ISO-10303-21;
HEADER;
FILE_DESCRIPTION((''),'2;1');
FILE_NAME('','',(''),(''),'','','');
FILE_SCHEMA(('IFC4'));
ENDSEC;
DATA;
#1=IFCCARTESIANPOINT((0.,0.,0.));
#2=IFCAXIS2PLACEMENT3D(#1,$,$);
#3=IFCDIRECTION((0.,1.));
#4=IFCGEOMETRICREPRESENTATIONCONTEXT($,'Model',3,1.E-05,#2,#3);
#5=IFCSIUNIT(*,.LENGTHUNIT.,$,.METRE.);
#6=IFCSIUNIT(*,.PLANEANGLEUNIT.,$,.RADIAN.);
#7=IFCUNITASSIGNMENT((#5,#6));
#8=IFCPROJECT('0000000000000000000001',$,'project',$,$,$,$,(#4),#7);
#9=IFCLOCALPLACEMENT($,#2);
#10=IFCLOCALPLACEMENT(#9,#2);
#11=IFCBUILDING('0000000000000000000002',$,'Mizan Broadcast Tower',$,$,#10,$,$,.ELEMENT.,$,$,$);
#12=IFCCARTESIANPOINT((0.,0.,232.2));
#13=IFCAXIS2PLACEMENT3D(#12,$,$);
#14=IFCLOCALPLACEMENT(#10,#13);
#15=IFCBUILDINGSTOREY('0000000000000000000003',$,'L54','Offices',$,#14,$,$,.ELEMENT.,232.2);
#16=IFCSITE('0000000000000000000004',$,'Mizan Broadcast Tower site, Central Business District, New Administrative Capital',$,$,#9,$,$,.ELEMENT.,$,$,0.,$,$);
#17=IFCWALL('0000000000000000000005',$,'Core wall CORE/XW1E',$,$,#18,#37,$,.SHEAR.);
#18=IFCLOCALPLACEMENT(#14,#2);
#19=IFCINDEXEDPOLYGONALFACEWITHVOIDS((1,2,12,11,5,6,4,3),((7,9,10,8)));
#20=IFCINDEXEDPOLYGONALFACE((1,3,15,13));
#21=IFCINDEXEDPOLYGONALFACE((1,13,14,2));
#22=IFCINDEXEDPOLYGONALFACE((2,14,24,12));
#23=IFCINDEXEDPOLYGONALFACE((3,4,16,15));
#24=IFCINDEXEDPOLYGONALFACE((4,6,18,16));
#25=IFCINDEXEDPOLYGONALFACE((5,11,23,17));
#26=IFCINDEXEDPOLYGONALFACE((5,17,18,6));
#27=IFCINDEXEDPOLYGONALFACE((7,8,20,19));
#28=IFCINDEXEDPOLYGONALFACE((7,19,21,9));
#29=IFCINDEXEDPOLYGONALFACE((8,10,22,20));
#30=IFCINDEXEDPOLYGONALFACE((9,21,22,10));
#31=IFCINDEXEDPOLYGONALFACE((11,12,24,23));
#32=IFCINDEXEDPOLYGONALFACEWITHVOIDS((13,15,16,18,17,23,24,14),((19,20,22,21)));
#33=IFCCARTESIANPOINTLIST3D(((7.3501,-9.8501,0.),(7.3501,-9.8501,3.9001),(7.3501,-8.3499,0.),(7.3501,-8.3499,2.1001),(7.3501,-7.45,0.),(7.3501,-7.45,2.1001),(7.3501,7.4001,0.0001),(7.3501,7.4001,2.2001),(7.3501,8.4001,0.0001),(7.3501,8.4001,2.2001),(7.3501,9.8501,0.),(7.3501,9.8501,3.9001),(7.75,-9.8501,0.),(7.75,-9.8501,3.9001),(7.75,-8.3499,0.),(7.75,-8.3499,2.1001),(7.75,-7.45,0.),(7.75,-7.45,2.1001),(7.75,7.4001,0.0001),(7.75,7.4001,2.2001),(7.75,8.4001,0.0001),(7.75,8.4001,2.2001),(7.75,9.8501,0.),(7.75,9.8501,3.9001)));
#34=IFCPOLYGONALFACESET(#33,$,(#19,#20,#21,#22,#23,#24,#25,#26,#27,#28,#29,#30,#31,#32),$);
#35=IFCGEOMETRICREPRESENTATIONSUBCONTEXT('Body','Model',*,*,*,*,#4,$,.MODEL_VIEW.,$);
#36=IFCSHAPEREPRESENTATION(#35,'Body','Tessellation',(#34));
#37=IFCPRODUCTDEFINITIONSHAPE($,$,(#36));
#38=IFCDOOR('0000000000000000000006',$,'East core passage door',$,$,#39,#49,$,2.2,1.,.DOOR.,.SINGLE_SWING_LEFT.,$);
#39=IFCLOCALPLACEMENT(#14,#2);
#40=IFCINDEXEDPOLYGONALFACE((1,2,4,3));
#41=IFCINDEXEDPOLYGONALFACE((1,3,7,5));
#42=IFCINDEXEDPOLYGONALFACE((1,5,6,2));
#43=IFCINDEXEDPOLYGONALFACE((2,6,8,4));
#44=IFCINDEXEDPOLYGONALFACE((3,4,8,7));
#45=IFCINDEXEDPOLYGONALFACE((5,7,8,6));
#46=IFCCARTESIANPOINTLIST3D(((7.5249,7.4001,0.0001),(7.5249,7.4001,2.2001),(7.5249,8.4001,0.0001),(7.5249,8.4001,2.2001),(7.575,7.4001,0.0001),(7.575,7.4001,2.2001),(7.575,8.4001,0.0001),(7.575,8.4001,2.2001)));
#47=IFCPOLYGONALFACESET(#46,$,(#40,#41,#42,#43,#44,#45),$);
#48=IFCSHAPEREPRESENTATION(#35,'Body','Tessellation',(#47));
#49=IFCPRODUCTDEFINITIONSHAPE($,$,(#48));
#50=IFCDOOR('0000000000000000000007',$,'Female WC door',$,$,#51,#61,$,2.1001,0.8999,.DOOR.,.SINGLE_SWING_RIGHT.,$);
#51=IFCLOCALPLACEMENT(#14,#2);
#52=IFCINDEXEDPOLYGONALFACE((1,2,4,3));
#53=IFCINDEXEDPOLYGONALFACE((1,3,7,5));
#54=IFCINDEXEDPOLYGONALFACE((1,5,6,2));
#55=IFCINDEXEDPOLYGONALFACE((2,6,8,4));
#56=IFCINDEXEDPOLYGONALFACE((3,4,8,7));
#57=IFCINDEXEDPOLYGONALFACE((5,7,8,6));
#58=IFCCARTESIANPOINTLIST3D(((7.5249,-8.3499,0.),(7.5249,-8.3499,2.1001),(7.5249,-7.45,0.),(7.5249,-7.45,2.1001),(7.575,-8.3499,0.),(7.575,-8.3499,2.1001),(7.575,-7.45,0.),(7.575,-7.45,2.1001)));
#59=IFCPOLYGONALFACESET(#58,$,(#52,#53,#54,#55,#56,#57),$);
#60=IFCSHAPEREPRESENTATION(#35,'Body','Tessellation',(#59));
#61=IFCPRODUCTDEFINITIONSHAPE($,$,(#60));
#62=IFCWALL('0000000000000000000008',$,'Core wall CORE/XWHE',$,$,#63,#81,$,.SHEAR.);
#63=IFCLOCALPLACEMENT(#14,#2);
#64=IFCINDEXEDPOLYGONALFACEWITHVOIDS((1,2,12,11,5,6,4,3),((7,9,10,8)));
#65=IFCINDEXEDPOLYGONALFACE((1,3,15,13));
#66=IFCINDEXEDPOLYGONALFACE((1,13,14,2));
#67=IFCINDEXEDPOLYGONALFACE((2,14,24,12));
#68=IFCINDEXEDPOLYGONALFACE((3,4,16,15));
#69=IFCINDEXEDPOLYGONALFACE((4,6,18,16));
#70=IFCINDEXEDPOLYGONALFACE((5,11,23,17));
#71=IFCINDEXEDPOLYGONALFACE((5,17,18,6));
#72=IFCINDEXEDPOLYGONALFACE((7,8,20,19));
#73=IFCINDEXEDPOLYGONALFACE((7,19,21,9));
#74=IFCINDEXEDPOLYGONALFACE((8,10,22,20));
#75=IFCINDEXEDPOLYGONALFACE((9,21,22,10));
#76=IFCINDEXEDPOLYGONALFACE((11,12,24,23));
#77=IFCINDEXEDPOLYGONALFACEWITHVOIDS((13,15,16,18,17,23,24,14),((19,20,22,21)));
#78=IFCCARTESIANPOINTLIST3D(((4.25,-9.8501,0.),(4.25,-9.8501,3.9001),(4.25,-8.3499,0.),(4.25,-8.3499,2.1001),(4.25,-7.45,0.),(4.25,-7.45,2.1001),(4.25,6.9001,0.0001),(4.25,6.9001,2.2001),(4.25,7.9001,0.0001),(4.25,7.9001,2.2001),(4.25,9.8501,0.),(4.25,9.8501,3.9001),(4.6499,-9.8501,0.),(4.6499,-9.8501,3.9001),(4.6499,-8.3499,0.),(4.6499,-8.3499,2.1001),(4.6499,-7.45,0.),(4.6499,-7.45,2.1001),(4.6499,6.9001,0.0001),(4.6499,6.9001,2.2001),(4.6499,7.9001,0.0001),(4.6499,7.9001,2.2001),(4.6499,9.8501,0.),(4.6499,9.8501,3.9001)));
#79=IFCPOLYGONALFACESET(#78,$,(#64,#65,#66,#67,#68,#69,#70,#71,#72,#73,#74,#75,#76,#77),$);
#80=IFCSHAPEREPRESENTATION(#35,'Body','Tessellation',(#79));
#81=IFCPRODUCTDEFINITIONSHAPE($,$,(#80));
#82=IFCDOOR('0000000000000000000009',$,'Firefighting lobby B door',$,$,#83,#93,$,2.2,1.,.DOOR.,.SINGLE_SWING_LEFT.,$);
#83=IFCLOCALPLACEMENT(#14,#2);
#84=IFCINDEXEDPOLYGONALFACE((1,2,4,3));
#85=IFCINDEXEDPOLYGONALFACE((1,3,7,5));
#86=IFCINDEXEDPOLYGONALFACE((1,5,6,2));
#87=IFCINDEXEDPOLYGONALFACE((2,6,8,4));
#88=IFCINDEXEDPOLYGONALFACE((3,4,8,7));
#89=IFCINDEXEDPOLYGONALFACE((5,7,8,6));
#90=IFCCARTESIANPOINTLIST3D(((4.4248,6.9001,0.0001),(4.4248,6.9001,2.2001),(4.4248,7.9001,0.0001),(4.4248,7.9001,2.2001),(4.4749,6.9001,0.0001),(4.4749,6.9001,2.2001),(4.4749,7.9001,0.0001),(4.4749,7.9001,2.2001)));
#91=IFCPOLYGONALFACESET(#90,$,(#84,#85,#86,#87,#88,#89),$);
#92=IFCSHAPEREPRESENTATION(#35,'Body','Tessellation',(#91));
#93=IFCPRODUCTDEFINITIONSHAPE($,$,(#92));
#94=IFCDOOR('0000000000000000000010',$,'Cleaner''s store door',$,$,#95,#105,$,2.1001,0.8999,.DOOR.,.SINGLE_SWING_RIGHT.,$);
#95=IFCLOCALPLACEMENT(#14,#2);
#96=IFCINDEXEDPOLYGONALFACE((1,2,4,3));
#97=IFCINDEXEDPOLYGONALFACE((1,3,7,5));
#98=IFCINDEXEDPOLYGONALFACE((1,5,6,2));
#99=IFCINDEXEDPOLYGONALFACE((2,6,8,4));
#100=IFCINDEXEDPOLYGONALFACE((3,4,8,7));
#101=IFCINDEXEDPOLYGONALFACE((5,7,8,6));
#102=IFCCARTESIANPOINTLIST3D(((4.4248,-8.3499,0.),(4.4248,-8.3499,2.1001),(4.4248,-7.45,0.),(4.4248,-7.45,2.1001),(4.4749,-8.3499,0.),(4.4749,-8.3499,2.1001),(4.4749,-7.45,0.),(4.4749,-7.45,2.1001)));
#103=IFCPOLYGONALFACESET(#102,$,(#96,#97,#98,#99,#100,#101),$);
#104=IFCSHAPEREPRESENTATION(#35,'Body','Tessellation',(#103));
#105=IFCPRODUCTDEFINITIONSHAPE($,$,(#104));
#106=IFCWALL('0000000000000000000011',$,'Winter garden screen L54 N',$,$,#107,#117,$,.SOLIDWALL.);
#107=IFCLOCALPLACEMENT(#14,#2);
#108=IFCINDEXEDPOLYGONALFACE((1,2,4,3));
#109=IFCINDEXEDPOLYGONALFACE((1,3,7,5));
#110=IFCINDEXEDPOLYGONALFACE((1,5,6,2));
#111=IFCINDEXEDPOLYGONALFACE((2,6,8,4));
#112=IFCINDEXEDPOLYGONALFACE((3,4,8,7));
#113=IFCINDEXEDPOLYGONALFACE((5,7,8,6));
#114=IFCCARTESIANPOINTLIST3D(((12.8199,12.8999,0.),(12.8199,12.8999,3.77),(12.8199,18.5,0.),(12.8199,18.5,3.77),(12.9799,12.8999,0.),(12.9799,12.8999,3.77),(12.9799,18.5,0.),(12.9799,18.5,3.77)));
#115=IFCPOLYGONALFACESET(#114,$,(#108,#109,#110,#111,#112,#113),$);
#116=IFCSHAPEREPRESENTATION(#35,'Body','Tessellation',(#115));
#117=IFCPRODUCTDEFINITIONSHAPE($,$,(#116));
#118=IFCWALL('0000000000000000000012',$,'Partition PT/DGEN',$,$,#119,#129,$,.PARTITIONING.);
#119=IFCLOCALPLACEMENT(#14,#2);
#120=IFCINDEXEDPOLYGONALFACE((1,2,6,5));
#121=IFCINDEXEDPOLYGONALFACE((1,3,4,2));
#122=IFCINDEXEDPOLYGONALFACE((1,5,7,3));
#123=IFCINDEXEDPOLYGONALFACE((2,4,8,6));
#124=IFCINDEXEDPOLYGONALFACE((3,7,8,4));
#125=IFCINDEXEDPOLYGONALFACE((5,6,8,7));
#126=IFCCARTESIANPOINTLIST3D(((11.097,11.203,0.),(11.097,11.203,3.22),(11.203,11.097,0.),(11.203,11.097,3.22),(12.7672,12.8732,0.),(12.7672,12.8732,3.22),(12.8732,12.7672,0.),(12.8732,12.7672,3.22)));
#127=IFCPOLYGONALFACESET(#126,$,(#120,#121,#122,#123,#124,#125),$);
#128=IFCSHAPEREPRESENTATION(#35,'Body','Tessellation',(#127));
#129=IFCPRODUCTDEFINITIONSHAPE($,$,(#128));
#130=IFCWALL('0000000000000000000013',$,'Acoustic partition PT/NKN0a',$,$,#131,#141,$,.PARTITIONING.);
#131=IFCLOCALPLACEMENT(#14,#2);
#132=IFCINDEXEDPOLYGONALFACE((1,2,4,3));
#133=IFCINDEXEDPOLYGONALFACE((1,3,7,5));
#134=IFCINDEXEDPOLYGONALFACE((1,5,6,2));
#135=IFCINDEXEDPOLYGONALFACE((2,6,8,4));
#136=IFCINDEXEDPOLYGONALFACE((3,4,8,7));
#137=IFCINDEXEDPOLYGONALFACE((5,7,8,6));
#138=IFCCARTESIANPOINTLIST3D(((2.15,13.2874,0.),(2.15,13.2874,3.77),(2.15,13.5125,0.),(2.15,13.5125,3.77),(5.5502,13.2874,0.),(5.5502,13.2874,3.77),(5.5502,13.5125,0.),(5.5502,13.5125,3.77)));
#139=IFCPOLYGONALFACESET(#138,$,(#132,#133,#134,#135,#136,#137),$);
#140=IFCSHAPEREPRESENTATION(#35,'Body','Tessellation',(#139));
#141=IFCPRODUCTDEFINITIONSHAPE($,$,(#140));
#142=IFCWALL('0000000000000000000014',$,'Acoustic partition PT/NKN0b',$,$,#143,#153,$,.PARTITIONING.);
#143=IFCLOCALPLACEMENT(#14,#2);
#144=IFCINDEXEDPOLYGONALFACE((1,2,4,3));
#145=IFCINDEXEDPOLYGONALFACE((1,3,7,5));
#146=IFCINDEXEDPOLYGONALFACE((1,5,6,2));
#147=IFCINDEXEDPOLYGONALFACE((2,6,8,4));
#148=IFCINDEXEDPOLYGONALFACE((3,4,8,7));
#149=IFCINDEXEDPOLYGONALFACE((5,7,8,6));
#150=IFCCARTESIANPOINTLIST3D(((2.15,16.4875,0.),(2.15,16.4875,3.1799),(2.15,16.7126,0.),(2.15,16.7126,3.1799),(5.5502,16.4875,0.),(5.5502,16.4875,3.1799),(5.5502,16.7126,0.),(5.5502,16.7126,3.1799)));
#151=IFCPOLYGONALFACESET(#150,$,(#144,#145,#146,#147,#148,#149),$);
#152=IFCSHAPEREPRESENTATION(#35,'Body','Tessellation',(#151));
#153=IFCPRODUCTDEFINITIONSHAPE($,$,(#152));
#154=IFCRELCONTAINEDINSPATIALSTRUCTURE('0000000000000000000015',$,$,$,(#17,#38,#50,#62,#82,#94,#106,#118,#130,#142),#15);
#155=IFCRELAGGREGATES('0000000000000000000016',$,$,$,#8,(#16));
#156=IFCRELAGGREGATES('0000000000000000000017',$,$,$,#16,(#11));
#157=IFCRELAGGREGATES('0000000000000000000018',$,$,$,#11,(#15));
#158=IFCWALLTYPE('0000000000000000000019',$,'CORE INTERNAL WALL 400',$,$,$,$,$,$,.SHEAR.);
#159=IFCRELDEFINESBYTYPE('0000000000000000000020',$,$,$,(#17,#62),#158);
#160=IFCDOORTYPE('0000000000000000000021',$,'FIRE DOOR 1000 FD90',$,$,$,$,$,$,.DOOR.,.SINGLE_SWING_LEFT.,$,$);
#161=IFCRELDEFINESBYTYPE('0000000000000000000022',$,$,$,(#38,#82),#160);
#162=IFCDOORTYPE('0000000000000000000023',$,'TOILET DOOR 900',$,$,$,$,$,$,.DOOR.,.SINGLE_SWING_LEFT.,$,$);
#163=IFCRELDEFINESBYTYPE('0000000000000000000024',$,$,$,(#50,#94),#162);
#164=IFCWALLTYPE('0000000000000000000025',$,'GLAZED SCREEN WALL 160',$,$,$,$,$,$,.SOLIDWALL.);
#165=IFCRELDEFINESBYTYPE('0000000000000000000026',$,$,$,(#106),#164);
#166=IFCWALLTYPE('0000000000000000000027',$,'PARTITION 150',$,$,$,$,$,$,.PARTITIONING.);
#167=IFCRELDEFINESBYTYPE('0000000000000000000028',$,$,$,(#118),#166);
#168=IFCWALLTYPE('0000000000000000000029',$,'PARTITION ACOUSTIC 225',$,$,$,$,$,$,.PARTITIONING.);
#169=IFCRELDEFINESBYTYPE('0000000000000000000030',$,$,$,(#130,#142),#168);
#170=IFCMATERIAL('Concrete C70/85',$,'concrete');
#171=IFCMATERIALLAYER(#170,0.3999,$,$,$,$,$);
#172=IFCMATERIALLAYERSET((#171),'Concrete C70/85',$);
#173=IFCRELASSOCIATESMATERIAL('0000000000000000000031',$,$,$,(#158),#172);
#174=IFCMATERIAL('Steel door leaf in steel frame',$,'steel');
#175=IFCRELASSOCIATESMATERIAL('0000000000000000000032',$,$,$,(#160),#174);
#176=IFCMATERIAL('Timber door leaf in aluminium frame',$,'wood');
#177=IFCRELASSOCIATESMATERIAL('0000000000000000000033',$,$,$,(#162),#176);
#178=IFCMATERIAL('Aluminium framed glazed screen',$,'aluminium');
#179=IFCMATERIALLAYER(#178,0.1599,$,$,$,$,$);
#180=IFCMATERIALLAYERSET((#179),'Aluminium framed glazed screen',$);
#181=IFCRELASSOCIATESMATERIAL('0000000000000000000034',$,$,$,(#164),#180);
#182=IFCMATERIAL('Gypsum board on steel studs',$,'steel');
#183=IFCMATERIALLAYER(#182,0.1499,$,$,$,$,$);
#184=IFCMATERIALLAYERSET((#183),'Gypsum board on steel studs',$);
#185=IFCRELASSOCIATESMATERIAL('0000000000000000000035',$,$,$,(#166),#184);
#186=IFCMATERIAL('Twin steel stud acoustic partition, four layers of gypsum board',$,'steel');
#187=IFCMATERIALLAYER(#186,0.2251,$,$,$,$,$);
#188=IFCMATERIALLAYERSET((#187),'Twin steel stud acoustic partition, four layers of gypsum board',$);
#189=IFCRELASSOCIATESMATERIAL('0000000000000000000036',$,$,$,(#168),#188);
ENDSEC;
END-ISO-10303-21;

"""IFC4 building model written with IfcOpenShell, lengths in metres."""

from ifc_helpers import new_model, si_unit, direction, frame, frame_2d, origin, place, context, subcontext, project, spatial, rectangle, extrude, material, layer, layer_set, type_object, element, fill, save


model = new_model("IFC4")

# Units and contexts
model_context = context("Model", 3, precision=1e-05, world=origin(), true_north=direction((0.0, 1.0)))
body_context = subcontext(model_context, "Body", "Model", "MODEL_VIEW")
ifc_project = project(units=[si_unit("LENGTHUNIT", "METRE"), si_unit("PLANEANGLEUNIT", "RADIAN")], contexts=[model_context])

# Site, building, storey
site_placement = place(None, origin())
site = spatial("IfcSite", under=ifc_project, at=site_placement, Name="Mizan Broadcast Tower site, Central Business District, New Administrative Capital", CompositionType="ELEMENT", RefElevation=0.0)
building_placement = place(site_placement, origin())
building = spatial("IfcBuilding", under=site, at=building_placement, Name="Mizan Broadcast Tower", CompositionType="ELEMENT")
storey_placement = place(building_placement, frame((0.0, 0.0, 232.2)))
storey = spatial("IfcBuildingStorey", under=building, at=storey_placement, Name="L54", Description="Offices", CompositionType="ELEMENT", Elevation=232.2)

# Walls, openings, doors
ifc_material_1 = material(Name="Concrete C70/85", Category="concrete")
ifc_layer_1 = layer(ifc_material_1, 0.3999)
ifc_layer_set_1 = layer_set([ifc_layer_1], Name="Concrete C70/85")
wall_type_1 = type_object("IfcWallType", Name="CORE INTERNAL WALL 400", PredefinedType="SHEAR", material=ifc_layer_set_1)
wall_1_placement = place(storey_placement, frame((7.55, 9.8501, 0.0), z_axis=(0.0, 0.0, 1.0), x_axis=(0.0, -1.0, 0.0)))
wall_1 = element("IfcWall", 1, at=wall_1_placement, inside=storey, type_object=wall_type_1, Name="Core wall CORE/XW1E", PredefinedType="SHEAR", context=body_context, shape_type="SweptSolid", body=[
    extrude(rectangle(XDim=19.7002, YDim=0.3999, at=frame_2d((9.8501, 0.0))), origin(), (0.0, 0.0, 1.0), 3.9001),
])
opening_1_placement = place(wall_1_placement, frame((1.45, 0.0, 0.0)))
opening_1 = element("IfcOpeningElement", 2, at=opening_1_placement, cuts=wall_1, PredefinedType="OPENING", context=body_context, shape_type="SweptSolid", body=[
    extrude(rectangle(XDim=1.0, YDim=2.2, at=frame_2d((0.5, 1.1001))), frame((0.0, 0.21, 0.0), z_axis=(0.0, -1.0, 0.0), x_axis=(1.0, 0.0, 0.0)), (0.0, 0.0, 1.0), 0.4199),
])
opening_2_placement = place(wall_1_placement, frame((17.3, 0.0, 0.0)))
opening_2 = element("IfcOpeningElement", 3, at=opening_2_placement, cuts=wall_1, PredefinedType="OPENING", context=body_context, shape_type="SweptSolid", body=[
    extrude(rectangle(XDim=0.8999, YDim=2.1001, at=frame_2d((0.45, 1.05))), frame((0.0, 0.21, 0.0), z_axis=(0.0, -1.0, 0.0), x_axis=(1.0, 0.0, 0.0)), (0.0, 0.0, 1.0), 0.4199),
])
ifc_material_2 = material(Name="Steel door leaf in steel frame", Category="steel")
door_type_1 = type_object("IfcDoorType", Name="FIRE DOOR 1000 FD90", OperationType="SINGLE_SWING_LEFT", PredefinedType="DOOR", material=ifc_material_2)
door_1_placement = place(opening_1_placement, origin())
door_1 = element("IfcDoor", 4, at=door_1_placement, inside=storey, type_object=door_type_1, Name="East core passage door", OperationType="SINGLE_SWING_LEFT", OverallHeight=2.2, OverallWidth=1.0, PredefinedType="DOOR", context=body_context, shape_type="SweptSolid", body=[
    extrude(rectangle(XDim=1.0, YDim=2.2, at=frame_2d((0.5, 1.1001))), frame((0.0, 0.0249, 0.0), z_axis=(0.0, -1.0, 0.0), x_axis=(1.0, 0.0, 0.0)), (0.0, 0.0, 1.0), 0.05),
])
fill(opening_1, door_1)
ifc_material_3 = material(Name="Timber door leaf in aluminium frame", Category="wood")
door_type_2 = type_object("IfcDoorType", Name="TOILET DOOR 900", OperationType="SINGLE_SWING_LEFT", PredefinedType="DOOR", material=ifc_material_3)
door_2_placement = place(opening_2_placement, origin())
door_2 = element("IfcDoor", 5, at=door_2_placement, inside=storey, type_object=door_type_2, Name="Female WC door", OperationType="SINGLE_SWING_RIGHT", OverallHeight=2.1001, OverallWidth=0.8999, PredefinedType="DOOR", context=body_context, shape_type="SweptSolid", body=[
    extrude(rectangle(XDim=0.8999, YDim=2.1001, at=frame_2d((0.45, 1.05))), frame((0.0, 0.0249, 0.0), z_axis=(0.0, -1.0, 0.0), x_axis=(1.0, 0.0, 0.0)), (0.0, 0.0, 1.0), 0.05),
])
fill(opening_2, door_2)
wall_2_placement = place(storey_placement, frame((4.45, 9.8501, 0.0), z_axis=(0.0, 0.0, 1.0), x_axis=(0.0, -1.0, 0.0)))
wall_2 = element("IfcWall", 6, at=wall_2_placement, inside=storey, type_object=wall_type_1, Name="Core wall CORE/XWHE", PredefinedType="SHEAR", context=body_context, shape_type="SweptSolid", body=[
    extrude(rectangle(XDim=19.7002, YDim=0.3999, at=frame_2d((9.8501, 0.0))), origin(), (0.0, 0.0, 1.0), 3.9001),
])
opening_3_placement = place(wall_2_placement, frame((1.95, 0.0, 0.0)))
opening_3 = element("IfcOpeningElement", 7, at=opening_3_placement, cuts=wall_2, PredefinedType="OPENING", context=body_context, shape_type="SweptSolid", body=[
    extrude(rectangle(XDim=1.0, YDim=2.2, at=frame_2d((0.5, 1.1001))), frame((0.0, 0.21, 0.0), z_axis=(0.0, -1.0, 0.0), x_axis=(1.0, 0.0, 0.0)), (0.0, 0.0, 1.0), 0.4199),
])
opening_4_placement = place(wall_2_placement, frame((17.3, 0.0, 0.0)))
opening_4 = element("IfcOpeningElement", 8, at=opening_4_placement, cuts=wall_2, PredefinedType="OPENING", context=body_context, shape_type="SweptSolid", body=[
    extrude(rectangle(XDim=0.8999, YDim=2.1001, at=frame_2d((0.45, 1.05))), frame((0.0, 0.21, 0.0), z_axis=(0.0, -1.0, 0.0), x_axis=(1.0, 0.0, 0.0)), (0.0, 0.0, 1.0), 0.4199),
])
door_3_placement = place(opening_3_placement, origin())
door_3 = element("IfcDoor", 9, at=door_3_placement, inside=storey, type_object=door_type_1, Name="Firefighting lobby B door", OperationType="SINGLE_SWING_LEFT", OverallHeight=2.2, OverallWidth=1.0, PredefinedType="DOOR", context=body_context, shape_type="SweptSolid", body=[
    extrude(rectangle(XDim=1.0, YDim=2.2, at=frame_2d((0.5, 1.1001))), frame((0.0, 0.0249, 0.0), z_axis=(0.0, -1.0, 0.0), x_axis=(1.0, 0.0, 0.0)), (0.0, 0.0, 1.0), 0.05),
])
fill(opening_3, door_3)
door_4_placement = place(opening_4_placement, origin())
door_4 = element("IfcDoor", 10, at=door_4_placement, inside=storey, type_object=door_type_2, Name="Cleaner's store door", OperationType="SINGLE_SWING_RIGHT", OverallHeight=2.1001, OverallWidth=0.8999, PredefinedType="DOOR", context=body_context, shape_type="SweptSolid", body=[
    extrude(rectangle(XDim=0.8999, YDim=2.1001, at=frame_2d((0.45, 1.05))), frame((0.0, 0.0249, 0.0), z_axis=(0.0, -1.0, 0.0), x_axis=(1.0, 0.0, 0.0)), (0.0, 0.0, 1.0), 0.05),
])
fill(opening_4, door_4)

# Walls
ifc_material_4 = material(Name="Aluminium framed glazed screen", Category="aluminium")
ifc_layer_2 = layer(ifc_material_4, 0.1599)
ifc_layer_set_2 = layer_set([ifc_layer_2], Name="Aluminium framed glazed screen")
wall_type_2 = type_object("IfcWallType", Name="GLAZED SCREEN WALL 160", PredefinedType="SOLIDWALL", material=ifc_layer_set_2)
wall_3_placement = place(storey_placement, frame((12.8999, 12.8999, 0.0), z_axis=(0.0, 0.0, 1.0), x_axis=(0.0, 1.0, 0.0)))
element("IfcWall", 11, at=wall_3_placement, inside=storey, type_object=wall_type_2, Name="Winter garden screen L54 N", PredefinedType="SOLIDWALL", context=body_context, shape_type="SweptSolid", body=[
    extrude(rectangle(XDim=5.6001, YDim=0.1599, at=frame_2d((2.8, 0.0))), origin(), (0.0, 0.0, 1.0), 3.77),
])
ifc_material_5 = material(Name="Gypsum board on steel studs", Category="steel")
ifc_layer_3 = layer(ifc_material_5, 0.1499)
ifc_layer_set_3 = layer_set([ifc_layer_3], Name="Gypsum board on steel studs")
wall_type_3 = type_object("IfcWallType", Name="PARTITION 150", PredefinedType="PARTITIONING", material=ifc_layer_set_3)
wall_4_placement = place(storey_placement, frame((11.1499, 11.1499, 0.0), z_axis=(0.0, 0.0, 1.0), x_axis=(0.707107, 0.707107, 0.0)))
element("IfcWall", 12, at=wall_4_placement, inside=storey, type_object=wall_type_3, Name="Partition PT/DGEN", PredefinedType="PARTITIONING", context=body_context, shape_type="SweptSolid", body=[
    extrude(rectangle(XDim=2.3621, YDim=0.1499, at=frame_2d((1.1812, 0.0))), origin(), (0.0, 0.0, 1.0), 3.22),
])
ifc_material_6 = material(Name="Twin steel stud acoustic partition, four layers of gypsum board", Category="steel")
ifc_layer_4 = layer(ifc_material_6, 0.2251)
ifc_layer_set_4 = layer_set([ifc_layer_4], Name="Twin steel stud acoustic partition, four layers of gypsum board")
wall_type_4 = type_object("IfcWallType", Name="PARTITION ACOUSTIC 225", PredefinedType="PARTITIONING", material=ifc_layer_set_4)
wall_5_placement = place(storey_placement, frame((2.1499, 13.3999, 0.0), z_axis=(0.0, 0.0, 1.0), x_axis=(1.0, 0.0, 0.0)))
element("IfcWall", 13, at=wall_5_placement, inside=storey, type_object=wall_type_4, Name="Acoustic partition PT/NKN0a", PredefinedType="PARTITIONING", context=body_context, shape_type="SweptSolid", body=[
    extrude(rectangle(XDim=3.4001, YDim=0.2251, at=frame_2d((1.7002, 0.0))), origin(), (0.0, 0.0, 1.0), 3.77),
])
wall_6_placement = place(storey_placement, frame((2.1499, 16.6001, 0.0), z_axis=(0.0, 0.0, 1.0), x_axis=(1.0, 0.0, 0.0)))
element("IfcWall", 14, at=wall_6_placement, inside=storey, type_object=wall_type_4, Name="Acoustic partition PT/NKN0b", PredefinedType="PARTITIONING", context=body_context, shape_type="SweptSolid", body=[
    extrude(rectangle(XDim=3.4001, YDim=0.2251, at=frame_2d((1.7002, 0.0))), origin(), (0.0, 0.0, 1.0), 3.1799),
])

save(model, "model.ifc")
